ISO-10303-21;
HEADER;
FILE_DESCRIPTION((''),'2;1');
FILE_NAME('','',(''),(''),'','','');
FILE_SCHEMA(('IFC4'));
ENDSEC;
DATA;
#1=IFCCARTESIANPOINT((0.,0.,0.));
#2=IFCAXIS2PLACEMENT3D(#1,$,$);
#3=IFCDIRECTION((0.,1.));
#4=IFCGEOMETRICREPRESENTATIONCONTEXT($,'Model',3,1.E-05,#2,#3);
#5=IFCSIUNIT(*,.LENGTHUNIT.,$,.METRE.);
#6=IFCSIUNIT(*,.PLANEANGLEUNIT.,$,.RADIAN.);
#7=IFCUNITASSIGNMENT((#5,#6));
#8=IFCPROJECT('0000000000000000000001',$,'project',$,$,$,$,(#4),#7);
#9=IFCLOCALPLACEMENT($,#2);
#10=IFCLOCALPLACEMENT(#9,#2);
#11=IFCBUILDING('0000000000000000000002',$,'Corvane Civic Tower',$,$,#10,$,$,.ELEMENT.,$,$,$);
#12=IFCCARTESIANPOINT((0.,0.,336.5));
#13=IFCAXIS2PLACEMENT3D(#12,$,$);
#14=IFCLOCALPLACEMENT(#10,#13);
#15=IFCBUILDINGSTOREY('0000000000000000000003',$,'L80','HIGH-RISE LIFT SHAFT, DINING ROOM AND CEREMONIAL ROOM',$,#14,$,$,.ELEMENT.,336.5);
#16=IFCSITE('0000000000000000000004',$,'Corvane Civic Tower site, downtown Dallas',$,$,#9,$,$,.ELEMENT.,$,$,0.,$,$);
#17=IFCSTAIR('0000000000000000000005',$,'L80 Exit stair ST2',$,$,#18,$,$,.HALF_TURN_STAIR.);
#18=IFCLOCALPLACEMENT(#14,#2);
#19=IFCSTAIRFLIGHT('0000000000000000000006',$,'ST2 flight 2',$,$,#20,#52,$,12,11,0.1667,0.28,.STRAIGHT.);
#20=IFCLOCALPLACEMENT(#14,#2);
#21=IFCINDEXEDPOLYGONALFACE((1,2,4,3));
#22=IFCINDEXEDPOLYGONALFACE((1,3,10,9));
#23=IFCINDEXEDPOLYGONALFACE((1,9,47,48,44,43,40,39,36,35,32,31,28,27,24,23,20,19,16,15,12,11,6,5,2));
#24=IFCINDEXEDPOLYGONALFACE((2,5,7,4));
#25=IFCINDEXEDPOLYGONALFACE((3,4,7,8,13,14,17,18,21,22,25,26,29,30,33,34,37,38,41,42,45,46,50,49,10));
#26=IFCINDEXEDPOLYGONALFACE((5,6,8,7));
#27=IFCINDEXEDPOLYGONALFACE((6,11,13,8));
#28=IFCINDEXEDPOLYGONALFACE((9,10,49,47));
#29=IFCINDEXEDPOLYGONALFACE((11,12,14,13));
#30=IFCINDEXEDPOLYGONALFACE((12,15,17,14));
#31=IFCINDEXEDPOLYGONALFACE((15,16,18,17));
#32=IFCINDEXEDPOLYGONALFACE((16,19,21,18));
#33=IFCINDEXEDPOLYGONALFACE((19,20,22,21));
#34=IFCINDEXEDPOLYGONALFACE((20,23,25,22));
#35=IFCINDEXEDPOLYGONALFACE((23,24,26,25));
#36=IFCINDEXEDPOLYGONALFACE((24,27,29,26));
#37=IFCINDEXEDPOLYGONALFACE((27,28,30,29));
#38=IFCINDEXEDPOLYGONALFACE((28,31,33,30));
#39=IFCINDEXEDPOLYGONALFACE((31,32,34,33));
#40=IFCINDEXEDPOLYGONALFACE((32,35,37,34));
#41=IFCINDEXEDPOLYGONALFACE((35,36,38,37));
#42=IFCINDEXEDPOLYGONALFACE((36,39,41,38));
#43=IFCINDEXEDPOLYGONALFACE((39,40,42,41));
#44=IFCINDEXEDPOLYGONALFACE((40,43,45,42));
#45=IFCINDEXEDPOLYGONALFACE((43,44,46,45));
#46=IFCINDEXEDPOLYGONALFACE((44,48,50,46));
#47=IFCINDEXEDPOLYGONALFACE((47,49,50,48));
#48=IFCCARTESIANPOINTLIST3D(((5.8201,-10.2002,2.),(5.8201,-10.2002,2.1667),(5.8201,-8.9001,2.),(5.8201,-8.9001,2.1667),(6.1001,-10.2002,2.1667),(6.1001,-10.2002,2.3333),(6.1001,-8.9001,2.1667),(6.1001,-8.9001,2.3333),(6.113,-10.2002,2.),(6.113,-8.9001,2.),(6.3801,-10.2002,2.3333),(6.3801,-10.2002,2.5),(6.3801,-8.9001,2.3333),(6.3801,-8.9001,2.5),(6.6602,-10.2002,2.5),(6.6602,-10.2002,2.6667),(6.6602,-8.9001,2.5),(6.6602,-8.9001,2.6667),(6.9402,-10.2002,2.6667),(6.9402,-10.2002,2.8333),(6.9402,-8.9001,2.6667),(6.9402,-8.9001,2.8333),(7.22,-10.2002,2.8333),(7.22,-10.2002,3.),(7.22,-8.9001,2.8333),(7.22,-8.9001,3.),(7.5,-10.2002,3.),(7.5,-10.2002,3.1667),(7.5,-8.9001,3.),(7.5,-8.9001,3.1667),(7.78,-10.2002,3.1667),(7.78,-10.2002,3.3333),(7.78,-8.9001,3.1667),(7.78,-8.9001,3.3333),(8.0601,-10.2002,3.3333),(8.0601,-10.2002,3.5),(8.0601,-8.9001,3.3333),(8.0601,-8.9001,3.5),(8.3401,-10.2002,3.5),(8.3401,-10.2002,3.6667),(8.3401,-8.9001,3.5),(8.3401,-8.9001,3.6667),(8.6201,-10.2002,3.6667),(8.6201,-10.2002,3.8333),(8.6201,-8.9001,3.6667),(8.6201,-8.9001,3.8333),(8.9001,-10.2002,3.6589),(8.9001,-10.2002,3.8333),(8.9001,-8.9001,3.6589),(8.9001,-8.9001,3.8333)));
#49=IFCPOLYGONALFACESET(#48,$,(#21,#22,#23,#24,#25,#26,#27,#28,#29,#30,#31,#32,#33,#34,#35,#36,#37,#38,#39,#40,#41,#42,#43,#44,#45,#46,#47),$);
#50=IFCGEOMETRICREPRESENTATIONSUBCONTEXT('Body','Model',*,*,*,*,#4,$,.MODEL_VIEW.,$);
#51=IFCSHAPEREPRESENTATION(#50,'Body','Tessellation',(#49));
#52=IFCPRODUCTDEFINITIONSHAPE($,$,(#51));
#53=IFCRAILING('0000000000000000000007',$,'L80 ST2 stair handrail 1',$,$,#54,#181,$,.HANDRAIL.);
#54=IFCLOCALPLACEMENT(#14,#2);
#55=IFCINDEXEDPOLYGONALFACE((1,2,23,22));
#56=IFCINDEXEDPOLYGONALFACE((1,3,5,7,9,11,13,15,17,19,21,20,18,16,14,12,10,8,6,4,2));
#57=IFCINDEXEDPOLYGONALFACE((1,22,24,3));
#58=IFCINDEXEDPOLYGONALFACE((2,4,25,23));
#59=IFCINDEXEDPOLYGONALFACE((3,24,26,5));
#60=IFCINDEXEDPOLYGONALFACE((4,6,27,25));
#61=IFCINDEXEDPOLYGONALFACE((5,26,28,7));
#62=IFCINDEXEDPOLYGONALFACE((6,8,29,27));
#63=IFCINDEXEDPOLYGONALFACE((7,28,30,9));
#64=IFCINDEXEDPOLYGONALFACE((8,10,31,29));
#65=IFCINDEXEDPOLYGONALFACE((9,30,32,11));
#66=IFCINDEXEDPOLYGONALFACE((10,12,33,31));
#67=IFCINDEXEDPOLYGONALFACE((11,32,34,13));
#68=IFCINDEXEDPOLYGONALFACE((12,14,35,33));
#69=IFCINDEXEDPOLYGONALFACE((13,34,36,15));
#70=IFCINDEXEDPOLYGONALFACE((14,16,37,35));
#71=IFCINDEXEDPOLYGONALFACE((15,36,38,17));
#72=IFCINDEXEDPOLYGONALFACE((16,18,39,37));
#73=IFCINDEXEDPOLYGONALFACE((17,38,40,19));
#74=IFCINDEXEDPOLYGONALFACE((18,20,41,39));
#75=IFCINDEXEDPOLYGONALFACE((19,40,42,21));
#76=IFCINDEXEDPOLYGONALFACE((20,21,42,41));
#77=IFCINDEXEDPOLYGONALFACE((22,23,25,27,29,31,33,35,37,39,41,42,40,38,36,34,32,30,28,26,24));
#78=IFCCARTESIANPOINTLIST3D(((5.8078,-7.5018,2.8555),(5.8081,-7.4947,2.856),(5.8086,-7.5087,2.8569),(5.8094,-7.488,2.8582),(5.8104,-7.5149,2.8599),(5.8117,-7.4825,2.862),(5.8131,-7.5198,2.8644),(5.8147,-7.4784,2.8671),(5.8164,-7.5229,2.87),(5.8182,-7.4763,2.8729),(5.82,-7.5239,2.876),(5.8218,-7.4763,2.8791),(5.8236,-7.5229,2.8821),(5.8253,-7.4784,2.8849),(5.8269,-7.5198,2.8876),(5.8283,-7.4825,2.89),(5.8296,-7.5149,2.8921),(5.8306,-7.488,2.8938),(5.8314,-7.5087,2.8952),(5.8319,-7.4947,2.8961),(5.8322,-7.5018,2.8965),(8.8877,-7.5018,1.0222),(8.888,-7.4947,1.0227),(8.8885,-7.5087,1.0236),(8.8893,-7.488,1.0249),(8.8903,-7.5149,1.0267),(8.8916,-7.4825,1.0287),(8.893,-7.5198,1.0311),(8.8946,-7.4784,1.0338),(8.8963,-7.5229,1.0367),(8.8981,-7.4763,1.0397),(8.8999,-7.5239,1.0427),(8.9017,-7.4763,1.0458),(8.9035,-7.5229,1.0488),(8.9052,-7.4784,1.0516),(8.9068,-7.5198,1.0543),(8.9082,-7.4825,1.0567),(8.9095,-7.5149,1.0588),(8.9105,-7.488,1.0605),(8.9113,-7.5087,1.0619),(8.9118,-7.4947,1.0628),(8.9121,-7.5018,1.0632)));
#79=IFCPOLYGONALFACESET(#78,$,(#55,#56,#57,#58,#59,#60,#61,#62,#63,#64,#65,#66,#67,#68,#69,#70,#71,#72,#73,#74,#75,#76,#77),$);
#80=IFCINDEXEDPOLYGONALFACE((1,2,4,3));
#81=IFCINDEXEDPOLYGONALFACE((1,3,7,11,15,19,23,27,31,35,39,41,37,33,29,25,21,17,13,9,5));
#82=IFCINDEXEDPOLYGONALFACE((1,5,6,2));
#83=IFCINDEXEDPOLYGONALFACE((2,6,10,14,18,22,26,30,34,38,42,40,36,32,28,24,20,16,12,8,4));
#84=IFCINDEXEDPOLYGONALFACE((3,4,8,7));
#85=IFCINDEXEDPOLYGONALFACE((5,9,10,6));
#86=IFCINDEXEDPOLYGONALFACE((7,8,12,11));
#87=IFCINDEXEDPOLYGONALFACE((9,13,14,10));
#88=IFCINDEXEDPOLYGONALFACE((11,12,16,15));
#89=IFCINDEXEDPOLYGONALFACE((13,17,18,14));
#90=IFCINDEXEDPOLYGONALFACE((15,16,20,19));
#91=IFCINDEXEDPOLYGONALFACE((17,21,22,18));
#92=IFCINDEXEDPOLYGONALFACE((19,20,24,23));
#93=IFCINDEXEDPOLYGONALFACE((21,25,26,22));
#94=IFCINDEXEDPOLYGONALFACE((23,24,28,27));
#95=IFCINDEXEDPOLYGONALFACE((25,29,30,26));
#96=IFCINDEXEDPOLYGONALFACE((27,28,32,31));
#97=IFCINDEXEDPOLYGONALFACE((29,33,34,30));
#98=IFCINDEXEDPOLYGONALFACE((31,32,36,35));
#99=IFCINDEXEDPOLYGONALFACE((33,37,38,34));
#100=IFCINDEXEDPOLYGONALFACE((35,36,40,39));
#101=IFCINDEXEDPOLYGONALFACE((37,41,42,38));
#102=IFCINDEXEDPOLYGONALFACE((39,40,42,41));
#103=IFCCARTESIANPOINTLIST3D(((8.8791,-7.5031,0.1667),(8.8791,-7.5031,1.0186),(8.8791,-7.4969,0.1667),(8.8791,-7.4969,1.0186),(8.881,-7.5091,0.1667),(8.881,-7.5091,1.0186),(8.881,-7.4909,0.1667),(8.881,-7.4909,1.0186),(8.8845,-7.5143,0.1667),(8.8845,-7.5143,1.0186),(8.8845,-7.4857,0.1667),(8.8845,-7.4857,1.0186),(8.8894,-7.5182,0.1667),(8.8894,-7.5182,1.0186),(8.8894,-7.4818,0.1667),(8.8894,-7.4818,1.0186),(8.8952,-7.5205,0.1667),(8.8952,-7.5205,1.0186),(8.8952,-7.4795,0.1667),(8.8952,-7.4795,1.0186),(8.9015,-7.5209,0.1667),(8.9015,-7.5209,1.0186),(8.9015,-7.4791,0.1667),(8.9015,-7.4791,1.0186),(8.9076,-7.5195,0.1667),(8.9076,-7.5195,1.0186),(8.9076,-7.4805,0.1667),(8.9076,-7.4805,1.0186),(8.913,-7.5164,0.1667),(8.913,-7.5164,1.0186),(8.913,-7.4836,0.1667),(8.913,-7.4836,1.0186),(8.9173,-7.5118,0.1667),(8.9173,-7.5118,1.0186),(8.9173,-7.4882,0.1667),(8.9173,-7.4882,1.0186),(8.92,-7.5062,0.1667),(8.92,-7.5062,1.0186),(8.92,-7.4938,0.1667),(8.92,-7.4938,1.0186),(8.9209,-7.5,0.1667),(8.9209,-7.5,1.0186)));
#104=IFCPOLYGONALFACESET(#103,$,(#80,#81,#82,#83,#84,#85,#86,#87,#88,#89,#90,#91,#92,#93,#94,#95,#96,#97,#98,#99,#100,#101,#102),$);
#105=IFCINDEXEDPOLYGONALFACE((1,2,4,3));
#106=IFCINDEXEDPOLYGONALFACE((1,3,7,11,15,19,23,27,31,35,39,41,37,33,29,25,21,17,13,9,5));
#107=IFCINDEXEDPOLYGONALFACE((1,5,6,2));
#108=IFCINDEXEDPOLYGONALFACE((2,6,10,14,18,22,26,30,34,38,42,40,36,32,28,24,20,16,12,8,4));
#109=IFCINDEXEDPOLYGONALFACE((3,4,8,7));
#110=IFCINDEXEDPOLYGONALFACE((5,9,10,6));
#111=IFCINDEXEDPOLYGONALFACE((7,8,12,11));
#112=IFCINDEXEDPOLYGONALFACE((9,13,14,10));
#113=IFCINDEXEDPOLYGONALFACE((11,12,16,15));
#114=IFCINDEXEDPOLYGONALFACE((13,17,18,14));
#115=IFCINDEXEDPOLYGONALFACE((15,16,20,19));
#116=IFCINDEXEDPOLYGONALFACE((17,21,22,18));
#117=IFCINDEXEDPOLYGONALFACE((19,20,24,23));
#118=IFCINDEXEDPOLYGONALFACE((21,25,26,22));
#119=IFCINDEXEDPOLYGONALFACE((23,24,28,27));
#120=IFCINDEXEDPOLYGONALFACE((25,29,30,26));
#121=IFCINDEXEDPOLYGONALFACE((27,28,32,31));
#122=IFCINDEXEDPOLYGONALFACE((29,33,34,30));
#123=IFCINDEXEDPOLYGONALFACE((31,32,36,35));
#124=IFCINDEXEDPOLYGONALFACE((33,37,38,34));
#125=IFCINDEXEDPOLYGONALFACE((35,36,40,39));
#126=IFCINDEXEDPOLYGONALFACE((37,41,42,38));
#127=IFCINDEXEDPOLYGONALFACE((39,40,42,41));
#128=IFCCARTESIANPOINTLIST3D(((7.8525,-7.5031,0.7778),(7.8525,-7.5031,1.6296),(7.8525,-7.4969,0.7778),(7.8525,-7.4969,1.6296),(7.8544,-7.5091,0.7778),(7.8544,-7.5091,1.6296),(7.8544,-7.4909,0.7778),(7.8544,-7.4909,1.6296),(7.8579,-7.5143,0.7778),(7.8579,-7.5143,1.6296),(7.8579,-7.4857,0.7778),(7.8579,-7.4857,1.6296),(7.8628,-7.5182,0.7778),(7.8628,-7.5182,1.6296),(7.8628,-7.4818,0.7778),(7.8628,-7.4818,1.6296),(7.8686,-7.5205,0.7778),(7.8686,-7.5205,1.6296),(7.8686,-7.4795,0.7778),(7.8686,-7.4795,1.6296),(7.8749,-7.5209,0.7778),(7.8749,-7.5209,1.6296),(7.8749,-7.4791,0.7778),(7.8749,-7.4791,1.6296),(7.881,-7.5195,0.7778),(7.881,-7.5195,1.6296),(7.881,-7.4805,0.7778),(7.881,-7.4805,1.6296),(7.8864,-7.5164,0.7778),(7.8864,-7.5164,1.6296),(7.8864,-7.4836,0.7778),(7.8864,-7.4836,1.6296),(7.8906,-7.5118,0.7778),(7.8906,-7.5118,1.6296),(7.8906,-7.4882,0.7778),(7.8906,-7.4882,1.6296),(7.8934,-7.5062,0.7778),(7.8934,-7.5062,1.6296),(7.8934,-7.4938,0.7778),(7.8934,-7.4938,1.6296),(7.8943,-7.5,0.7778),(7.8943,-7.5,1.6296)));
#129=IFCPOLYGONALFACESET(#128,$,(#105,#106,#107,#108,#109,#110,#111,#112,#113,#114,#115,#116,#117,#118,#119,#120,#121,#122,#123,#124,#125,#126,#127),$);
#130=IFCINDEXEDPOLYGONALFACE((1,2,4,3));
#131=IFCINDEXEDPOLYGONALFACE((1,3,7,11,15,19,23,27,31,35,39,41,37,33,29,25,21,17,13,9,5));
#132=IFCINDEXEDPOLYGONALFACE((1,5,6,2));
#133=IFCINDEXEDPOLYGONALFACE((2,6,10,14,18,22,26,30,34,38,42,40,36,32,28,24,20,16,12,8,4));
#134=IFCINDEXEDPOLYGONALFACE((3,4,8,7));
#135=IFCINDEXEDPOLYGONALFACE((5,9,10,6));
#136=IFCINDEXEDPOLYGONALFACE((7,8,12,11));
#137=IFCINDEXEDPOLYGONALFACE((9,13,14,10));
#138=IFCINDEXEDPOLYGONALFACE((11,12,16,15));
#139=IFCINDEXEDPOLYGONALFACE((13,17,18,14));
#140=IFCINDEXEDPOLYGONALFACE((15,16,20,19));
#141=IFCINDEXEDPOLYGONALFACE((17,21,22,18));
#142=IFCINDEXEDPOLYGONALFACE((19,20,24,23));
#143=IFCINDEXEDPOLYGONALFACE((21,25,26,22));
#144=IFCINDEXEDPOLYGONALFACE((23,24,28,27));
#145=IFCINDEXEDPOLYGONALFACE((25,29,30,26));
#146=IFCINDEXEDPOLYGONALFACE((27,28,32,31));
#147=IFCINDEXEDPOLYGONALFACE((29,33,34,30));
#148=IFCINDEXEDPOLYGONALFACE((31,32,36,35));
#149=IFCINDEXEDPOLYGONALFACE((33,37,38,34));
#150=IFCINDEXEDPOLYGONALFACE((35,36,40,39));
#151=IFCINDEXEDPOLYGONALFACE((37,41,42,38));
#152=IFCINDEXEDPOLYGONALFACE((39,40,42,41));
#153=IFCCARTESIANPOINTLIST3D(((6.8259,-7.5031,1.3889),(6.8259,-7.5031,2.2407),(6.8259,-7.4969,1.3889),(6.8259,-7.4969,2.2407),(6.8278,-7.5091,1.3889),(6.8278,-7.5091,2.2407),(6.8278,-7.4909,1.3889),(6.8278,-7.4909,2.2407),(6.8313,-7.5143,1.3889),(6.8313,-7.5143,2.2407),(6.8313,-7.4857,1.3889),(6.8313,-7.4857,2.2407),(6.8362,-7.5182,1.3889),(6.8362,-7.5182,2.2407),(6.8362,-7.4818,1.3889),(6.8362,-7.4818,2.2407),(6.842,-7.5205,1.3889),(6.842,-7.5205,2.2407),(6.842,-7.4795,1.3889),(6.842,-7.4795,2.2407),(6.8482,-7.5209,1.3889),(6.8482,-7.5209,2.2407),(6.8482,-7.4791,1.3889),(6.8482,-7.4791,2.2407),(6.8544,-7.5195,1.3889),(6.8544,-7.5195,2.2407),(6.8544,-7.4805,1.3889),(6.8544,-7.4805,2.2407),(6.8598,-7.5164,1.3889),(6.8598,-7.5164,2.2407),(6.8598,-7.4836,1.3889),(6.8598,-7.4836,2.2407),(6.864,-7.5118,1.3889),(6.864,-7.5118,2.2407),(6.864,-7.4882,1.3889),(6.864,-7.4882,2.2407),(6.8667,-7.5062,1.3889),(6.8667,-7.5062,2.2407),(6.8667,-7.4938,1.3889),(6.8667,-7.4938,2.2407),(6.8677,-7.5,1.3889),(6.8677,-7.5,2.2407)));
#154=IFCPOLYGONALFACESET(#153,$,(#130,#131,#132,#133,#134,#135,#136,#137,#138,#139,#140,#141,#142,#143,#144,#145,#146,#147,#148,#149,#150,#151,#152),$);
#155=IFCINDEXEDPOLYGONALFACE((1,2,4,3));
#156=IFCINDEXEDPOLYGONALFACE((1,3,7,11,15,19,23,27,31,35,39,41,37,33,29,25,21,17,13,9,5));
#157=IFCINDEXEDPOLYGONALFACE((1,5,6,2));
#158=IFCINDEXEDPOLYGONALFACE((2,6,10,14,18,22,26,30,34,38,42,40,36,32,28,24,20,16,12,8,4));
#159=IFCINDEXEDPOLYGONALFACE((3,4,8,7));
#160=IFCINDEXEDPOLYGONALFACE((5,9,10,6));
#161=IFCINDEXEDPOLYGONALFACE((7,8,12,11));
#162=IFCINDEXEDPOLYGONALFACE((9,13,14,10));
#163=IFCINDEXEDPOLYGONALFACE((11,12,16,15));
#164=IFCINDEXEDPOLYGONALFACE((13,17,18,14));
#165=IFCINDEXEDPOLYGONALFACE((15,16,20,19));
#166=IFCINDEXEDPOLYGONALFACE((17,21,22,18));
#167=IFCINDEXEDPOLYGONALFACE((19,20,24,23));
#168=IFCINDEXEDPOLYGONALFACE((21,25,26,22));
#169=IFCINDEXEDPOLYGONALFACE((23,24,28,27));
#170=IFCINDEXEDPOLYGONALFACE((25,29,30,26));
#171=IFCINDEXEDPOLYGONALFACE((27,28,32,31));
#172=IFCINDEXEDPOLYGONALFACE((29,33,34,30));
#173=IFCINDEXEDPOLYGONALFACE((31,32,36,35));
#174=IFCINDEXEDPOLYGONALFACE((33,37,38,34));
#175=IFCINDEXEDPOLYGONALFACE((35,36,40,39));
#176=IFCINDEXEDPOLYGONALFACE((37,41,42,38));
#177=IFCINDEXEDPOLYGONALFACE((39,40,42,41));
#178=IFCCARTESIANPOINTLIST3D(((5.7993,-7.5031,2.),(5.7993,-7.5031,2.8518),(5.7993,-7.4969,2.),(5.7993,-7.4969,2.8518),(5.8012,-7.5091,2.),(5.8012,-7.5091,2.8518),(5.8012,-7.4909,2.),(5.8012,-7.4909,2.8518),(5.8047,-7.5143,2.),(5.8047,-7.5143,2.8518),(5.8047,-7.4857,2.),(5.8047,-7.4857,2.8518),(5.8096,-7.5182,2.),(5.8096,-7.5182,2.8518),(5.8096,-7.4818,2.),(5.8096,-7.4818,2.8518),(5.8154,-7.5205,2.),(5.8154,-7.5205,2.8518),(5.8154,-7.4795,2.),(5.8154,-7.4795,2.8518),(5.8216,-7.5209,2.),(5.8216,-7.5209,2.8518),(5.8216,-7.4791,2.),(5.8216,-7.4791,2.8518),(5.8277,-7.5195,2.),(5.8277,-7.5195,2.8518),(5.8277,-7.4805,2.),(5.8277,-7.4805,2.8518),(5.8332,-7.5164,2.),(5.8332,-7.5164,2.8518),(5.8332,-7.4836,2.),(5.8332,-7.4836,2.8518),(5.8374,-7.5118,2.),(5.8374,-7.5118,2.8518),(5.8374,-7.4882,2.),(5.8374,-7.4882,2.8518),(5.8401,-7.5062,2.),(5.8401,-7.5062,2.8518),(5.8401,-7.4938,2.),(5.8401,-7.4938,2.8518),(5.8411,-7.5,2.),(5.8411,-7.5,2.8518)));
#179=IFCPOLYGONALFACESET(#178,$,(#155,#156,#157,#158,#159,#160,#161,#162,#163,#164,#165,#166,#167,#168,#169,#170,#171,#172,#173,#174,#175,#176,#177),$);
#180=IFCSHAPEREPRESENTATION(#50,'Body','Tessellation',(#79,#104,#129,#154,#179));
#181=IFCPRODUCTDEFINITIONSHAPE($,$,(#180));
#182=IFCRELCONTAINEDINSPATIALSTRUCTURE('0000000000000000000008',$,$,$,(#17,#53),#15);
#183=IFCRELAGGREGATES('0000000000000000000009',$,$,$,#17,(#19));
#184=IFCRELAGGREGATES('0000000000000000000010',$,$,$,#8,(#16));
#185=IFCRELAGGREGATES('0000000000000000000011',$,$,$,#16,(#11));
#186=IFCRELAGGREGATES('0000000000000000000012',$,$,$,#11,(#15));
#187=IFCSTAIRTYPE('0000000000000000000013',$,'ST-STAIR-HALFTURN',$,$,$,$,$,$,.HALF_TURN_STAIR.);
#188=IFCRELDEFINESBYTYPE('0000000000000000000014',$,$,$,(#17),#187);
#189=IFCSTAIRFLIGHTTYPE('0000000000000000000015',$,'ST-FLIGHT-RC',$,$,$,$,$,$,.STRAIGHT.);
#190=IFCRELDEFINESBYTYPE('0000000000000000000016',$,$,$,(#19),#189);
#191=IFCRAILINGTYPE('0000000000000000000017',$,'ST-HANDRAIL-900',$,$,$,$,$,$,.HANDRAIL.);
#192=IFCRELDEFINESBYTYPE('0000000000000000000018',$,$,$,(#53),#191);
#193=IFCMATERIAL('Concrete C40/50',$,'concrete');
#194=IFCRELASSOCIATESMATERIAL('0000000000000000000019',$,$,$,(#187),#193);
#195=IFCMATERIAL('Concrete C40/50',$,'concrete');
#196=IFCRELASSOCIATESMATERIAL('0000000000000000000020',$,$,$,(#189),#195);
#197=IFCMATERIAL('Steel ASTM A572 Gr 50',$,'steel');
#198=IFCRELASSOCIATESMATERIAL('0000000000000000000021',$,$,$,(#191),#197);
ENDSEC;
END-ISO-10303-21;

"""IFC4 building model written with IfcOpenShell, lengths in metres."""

from ifc_helpers import new_model, si_unit, direction, frame, origin, origin_2d, place, context, subcontext, project, spatial, polyline, circle, outline, extrude, material, type_object, element, aggregate, save


model = new_model("IFC4")

# Units and contexts
model_context = context("Model", 3, precision=1e-05, world=origin(), true_north=direction((0.0, 1.0)))
body_context = subcontext(model_context, "Body", "Model", "MODEL_VIEW")
ifc_project = project(units=[si_unit("LENGTHUNIT", "METRE"), si_unit("PLANEANGLEUNIT", "RADIAN")], contexts=[model_context])

# Site, building, storey
site_placement = place(None, origin())
site = spatial("IfcSite", under=ifc_project, at=site_placement, Name="Corvane Civic Tower site, downtown Dallas", CompositionType="ELEMENT", RefElevation=0.0)
building_placement = place(site_placement, origin())
building = spatial("IfcBuilding", under=site, at=building_placement, Name="Corvane Civic Tower", CompositionType="ELEMENT")
storey_placement = place(building_placement, frame((0.0, 0.0, 336.5)))
storey = spatial("IfcBuildingStorey", under=building, at=storey_placement, Name="L80", Description="HIGH-RISE LIFT SHAFT, DINING ROOM AND CEREMONIAL ROOM", CompositionType="ELEMENT", Elevation=336.5)

# Shared definitions
ifc_material_1 = material(Name="Concrete C40/50", Category="concrete")
stair_type = type_object("IfcStairType", Name="ST-STAIR-HALFTURN", PredefinedType="HALF_TURN_STAIR", material=ifc_material_1)

# Stair, stair flight
stair_1_placement = place(storey_placement, origin())
stair_1 = element("IfcStair", 1, at=stair_1_placement, inside=storey, type_object=stair_type, Name="L80 Exit stair ST2", PredefinedType="HALF_TURN_STAIR")
ifc_material_2 = material(Name="Concrete C40/50", Category="concrete")
stair_flight_type = type_object("IfcStairFlightType", Name="ST-FLIGHT-RC", PredefinedType="STRAIGHT", material=ifc_material_2)
stair_flight_1_placement = place(storey_placement, frame((5.8201, -9.55, 2.0), z_axis=(0.0, 0.0, 1.0), x_axis=(1.0, 0.0, 0.0)))
stair_flight_1 = element("IfcStairFlight", 2, at=stair_flight_1_placement, type_object=stair_flight_type, Name="ST2 flight 2", NumberOfRisers=12, NumberOfTreads=11, PredefinedType="STRAIGHT", RiserHeight=0.1667, TreadLength=0.28, context=body_context, shape_type="SweptSolid", body=[
    extrude(outline(polyline([(0.0, 0.0), (0.0, 0.1667), (0.28, 0.1667), (0.28, 0.3333), (0.5601, 0.3333), (0.5601, 0.5), (0.8401, 0.5), (0.8401, 0.6667), (1.1201, 0.6667), (1.1201, 0.8333), (1.3999, 0.8333), (1.3999, 1.0), (1.6799, 1.0), (1.6799, 1.1667), (1.96, 1.1667), (1.96, 1.3333), (2.24, 1.3333), (2.24, 1.5), (2.52, 1.5), (2.52, 1.6667), (2.8, 1.6667), (2.8, 1.8333), (3.0801, 1.8333), (3.0801, 2.0), (3.0801, 1.6589), (0.293, 0.0), (0.0, 0.0)])), frame((0.0, 0.6499, 0.0), z_axis=(0.0, -1.0, 0.0), x_axis=(1.0, 0.0, 0.0)), (0.0, 0.0, 1.0), 1.3),
])
aggregate(stair_1, [stair_flight_1])

# Railing
ifc_material_3 = material(Name="Steel ASTM A572 Gr 50", Category="steel")
railing_type_1 = type_object("IfcRailingType", Name="ST-HANDRAIL-900", PredefinedType="HANDRAIL", material=ifc_material_3)
railing_1_placement = place(storey_placement, frame((8.8999, -7.5, 0.1667)))
element("IfcRailing", 3, at=railing_1_placement, inside=storey, type_object=railing_type_1, Name="L80 ST2 stair handrail 1", PredefinedType="HANDRAIL", context=body_context, shape_type="SweptSolid", body=[
    extrude(circle(Radius=0.0239, at=origin_2d()), frame((0.0, 0.0, 0.876), z_axis=(-0.859291, 0.0, 0.511487), x_axis=(0.0, -1.0, 0.0)), (0.0, 0.0, 1.0), 3.5842),
    extrude(circle(Radius=0.021, at=origin_2d()), origin(), (0.0, 0.0, 1.0), 0.8518),
    extrude(circle(Radius=0.021, at=origin_2d()), frame((-1.0266, 0.0, 0.6111)), (0.0, 0.0, 1.0), 0.8518),
    extrude(circle(Radius=0.021, at=origin_2d()), frame((-2.0532, 0.0, 1.2222)), (0.0, 0.0, 1.0), 0.8518),
    extrude(circle(Radius=0.021, at=origin_2d()), frame((-3.0798, 0.0, 1.8333)), (0.0, 0.0, 1.0), 0.8518),
])

save(model, "model.ifc")
